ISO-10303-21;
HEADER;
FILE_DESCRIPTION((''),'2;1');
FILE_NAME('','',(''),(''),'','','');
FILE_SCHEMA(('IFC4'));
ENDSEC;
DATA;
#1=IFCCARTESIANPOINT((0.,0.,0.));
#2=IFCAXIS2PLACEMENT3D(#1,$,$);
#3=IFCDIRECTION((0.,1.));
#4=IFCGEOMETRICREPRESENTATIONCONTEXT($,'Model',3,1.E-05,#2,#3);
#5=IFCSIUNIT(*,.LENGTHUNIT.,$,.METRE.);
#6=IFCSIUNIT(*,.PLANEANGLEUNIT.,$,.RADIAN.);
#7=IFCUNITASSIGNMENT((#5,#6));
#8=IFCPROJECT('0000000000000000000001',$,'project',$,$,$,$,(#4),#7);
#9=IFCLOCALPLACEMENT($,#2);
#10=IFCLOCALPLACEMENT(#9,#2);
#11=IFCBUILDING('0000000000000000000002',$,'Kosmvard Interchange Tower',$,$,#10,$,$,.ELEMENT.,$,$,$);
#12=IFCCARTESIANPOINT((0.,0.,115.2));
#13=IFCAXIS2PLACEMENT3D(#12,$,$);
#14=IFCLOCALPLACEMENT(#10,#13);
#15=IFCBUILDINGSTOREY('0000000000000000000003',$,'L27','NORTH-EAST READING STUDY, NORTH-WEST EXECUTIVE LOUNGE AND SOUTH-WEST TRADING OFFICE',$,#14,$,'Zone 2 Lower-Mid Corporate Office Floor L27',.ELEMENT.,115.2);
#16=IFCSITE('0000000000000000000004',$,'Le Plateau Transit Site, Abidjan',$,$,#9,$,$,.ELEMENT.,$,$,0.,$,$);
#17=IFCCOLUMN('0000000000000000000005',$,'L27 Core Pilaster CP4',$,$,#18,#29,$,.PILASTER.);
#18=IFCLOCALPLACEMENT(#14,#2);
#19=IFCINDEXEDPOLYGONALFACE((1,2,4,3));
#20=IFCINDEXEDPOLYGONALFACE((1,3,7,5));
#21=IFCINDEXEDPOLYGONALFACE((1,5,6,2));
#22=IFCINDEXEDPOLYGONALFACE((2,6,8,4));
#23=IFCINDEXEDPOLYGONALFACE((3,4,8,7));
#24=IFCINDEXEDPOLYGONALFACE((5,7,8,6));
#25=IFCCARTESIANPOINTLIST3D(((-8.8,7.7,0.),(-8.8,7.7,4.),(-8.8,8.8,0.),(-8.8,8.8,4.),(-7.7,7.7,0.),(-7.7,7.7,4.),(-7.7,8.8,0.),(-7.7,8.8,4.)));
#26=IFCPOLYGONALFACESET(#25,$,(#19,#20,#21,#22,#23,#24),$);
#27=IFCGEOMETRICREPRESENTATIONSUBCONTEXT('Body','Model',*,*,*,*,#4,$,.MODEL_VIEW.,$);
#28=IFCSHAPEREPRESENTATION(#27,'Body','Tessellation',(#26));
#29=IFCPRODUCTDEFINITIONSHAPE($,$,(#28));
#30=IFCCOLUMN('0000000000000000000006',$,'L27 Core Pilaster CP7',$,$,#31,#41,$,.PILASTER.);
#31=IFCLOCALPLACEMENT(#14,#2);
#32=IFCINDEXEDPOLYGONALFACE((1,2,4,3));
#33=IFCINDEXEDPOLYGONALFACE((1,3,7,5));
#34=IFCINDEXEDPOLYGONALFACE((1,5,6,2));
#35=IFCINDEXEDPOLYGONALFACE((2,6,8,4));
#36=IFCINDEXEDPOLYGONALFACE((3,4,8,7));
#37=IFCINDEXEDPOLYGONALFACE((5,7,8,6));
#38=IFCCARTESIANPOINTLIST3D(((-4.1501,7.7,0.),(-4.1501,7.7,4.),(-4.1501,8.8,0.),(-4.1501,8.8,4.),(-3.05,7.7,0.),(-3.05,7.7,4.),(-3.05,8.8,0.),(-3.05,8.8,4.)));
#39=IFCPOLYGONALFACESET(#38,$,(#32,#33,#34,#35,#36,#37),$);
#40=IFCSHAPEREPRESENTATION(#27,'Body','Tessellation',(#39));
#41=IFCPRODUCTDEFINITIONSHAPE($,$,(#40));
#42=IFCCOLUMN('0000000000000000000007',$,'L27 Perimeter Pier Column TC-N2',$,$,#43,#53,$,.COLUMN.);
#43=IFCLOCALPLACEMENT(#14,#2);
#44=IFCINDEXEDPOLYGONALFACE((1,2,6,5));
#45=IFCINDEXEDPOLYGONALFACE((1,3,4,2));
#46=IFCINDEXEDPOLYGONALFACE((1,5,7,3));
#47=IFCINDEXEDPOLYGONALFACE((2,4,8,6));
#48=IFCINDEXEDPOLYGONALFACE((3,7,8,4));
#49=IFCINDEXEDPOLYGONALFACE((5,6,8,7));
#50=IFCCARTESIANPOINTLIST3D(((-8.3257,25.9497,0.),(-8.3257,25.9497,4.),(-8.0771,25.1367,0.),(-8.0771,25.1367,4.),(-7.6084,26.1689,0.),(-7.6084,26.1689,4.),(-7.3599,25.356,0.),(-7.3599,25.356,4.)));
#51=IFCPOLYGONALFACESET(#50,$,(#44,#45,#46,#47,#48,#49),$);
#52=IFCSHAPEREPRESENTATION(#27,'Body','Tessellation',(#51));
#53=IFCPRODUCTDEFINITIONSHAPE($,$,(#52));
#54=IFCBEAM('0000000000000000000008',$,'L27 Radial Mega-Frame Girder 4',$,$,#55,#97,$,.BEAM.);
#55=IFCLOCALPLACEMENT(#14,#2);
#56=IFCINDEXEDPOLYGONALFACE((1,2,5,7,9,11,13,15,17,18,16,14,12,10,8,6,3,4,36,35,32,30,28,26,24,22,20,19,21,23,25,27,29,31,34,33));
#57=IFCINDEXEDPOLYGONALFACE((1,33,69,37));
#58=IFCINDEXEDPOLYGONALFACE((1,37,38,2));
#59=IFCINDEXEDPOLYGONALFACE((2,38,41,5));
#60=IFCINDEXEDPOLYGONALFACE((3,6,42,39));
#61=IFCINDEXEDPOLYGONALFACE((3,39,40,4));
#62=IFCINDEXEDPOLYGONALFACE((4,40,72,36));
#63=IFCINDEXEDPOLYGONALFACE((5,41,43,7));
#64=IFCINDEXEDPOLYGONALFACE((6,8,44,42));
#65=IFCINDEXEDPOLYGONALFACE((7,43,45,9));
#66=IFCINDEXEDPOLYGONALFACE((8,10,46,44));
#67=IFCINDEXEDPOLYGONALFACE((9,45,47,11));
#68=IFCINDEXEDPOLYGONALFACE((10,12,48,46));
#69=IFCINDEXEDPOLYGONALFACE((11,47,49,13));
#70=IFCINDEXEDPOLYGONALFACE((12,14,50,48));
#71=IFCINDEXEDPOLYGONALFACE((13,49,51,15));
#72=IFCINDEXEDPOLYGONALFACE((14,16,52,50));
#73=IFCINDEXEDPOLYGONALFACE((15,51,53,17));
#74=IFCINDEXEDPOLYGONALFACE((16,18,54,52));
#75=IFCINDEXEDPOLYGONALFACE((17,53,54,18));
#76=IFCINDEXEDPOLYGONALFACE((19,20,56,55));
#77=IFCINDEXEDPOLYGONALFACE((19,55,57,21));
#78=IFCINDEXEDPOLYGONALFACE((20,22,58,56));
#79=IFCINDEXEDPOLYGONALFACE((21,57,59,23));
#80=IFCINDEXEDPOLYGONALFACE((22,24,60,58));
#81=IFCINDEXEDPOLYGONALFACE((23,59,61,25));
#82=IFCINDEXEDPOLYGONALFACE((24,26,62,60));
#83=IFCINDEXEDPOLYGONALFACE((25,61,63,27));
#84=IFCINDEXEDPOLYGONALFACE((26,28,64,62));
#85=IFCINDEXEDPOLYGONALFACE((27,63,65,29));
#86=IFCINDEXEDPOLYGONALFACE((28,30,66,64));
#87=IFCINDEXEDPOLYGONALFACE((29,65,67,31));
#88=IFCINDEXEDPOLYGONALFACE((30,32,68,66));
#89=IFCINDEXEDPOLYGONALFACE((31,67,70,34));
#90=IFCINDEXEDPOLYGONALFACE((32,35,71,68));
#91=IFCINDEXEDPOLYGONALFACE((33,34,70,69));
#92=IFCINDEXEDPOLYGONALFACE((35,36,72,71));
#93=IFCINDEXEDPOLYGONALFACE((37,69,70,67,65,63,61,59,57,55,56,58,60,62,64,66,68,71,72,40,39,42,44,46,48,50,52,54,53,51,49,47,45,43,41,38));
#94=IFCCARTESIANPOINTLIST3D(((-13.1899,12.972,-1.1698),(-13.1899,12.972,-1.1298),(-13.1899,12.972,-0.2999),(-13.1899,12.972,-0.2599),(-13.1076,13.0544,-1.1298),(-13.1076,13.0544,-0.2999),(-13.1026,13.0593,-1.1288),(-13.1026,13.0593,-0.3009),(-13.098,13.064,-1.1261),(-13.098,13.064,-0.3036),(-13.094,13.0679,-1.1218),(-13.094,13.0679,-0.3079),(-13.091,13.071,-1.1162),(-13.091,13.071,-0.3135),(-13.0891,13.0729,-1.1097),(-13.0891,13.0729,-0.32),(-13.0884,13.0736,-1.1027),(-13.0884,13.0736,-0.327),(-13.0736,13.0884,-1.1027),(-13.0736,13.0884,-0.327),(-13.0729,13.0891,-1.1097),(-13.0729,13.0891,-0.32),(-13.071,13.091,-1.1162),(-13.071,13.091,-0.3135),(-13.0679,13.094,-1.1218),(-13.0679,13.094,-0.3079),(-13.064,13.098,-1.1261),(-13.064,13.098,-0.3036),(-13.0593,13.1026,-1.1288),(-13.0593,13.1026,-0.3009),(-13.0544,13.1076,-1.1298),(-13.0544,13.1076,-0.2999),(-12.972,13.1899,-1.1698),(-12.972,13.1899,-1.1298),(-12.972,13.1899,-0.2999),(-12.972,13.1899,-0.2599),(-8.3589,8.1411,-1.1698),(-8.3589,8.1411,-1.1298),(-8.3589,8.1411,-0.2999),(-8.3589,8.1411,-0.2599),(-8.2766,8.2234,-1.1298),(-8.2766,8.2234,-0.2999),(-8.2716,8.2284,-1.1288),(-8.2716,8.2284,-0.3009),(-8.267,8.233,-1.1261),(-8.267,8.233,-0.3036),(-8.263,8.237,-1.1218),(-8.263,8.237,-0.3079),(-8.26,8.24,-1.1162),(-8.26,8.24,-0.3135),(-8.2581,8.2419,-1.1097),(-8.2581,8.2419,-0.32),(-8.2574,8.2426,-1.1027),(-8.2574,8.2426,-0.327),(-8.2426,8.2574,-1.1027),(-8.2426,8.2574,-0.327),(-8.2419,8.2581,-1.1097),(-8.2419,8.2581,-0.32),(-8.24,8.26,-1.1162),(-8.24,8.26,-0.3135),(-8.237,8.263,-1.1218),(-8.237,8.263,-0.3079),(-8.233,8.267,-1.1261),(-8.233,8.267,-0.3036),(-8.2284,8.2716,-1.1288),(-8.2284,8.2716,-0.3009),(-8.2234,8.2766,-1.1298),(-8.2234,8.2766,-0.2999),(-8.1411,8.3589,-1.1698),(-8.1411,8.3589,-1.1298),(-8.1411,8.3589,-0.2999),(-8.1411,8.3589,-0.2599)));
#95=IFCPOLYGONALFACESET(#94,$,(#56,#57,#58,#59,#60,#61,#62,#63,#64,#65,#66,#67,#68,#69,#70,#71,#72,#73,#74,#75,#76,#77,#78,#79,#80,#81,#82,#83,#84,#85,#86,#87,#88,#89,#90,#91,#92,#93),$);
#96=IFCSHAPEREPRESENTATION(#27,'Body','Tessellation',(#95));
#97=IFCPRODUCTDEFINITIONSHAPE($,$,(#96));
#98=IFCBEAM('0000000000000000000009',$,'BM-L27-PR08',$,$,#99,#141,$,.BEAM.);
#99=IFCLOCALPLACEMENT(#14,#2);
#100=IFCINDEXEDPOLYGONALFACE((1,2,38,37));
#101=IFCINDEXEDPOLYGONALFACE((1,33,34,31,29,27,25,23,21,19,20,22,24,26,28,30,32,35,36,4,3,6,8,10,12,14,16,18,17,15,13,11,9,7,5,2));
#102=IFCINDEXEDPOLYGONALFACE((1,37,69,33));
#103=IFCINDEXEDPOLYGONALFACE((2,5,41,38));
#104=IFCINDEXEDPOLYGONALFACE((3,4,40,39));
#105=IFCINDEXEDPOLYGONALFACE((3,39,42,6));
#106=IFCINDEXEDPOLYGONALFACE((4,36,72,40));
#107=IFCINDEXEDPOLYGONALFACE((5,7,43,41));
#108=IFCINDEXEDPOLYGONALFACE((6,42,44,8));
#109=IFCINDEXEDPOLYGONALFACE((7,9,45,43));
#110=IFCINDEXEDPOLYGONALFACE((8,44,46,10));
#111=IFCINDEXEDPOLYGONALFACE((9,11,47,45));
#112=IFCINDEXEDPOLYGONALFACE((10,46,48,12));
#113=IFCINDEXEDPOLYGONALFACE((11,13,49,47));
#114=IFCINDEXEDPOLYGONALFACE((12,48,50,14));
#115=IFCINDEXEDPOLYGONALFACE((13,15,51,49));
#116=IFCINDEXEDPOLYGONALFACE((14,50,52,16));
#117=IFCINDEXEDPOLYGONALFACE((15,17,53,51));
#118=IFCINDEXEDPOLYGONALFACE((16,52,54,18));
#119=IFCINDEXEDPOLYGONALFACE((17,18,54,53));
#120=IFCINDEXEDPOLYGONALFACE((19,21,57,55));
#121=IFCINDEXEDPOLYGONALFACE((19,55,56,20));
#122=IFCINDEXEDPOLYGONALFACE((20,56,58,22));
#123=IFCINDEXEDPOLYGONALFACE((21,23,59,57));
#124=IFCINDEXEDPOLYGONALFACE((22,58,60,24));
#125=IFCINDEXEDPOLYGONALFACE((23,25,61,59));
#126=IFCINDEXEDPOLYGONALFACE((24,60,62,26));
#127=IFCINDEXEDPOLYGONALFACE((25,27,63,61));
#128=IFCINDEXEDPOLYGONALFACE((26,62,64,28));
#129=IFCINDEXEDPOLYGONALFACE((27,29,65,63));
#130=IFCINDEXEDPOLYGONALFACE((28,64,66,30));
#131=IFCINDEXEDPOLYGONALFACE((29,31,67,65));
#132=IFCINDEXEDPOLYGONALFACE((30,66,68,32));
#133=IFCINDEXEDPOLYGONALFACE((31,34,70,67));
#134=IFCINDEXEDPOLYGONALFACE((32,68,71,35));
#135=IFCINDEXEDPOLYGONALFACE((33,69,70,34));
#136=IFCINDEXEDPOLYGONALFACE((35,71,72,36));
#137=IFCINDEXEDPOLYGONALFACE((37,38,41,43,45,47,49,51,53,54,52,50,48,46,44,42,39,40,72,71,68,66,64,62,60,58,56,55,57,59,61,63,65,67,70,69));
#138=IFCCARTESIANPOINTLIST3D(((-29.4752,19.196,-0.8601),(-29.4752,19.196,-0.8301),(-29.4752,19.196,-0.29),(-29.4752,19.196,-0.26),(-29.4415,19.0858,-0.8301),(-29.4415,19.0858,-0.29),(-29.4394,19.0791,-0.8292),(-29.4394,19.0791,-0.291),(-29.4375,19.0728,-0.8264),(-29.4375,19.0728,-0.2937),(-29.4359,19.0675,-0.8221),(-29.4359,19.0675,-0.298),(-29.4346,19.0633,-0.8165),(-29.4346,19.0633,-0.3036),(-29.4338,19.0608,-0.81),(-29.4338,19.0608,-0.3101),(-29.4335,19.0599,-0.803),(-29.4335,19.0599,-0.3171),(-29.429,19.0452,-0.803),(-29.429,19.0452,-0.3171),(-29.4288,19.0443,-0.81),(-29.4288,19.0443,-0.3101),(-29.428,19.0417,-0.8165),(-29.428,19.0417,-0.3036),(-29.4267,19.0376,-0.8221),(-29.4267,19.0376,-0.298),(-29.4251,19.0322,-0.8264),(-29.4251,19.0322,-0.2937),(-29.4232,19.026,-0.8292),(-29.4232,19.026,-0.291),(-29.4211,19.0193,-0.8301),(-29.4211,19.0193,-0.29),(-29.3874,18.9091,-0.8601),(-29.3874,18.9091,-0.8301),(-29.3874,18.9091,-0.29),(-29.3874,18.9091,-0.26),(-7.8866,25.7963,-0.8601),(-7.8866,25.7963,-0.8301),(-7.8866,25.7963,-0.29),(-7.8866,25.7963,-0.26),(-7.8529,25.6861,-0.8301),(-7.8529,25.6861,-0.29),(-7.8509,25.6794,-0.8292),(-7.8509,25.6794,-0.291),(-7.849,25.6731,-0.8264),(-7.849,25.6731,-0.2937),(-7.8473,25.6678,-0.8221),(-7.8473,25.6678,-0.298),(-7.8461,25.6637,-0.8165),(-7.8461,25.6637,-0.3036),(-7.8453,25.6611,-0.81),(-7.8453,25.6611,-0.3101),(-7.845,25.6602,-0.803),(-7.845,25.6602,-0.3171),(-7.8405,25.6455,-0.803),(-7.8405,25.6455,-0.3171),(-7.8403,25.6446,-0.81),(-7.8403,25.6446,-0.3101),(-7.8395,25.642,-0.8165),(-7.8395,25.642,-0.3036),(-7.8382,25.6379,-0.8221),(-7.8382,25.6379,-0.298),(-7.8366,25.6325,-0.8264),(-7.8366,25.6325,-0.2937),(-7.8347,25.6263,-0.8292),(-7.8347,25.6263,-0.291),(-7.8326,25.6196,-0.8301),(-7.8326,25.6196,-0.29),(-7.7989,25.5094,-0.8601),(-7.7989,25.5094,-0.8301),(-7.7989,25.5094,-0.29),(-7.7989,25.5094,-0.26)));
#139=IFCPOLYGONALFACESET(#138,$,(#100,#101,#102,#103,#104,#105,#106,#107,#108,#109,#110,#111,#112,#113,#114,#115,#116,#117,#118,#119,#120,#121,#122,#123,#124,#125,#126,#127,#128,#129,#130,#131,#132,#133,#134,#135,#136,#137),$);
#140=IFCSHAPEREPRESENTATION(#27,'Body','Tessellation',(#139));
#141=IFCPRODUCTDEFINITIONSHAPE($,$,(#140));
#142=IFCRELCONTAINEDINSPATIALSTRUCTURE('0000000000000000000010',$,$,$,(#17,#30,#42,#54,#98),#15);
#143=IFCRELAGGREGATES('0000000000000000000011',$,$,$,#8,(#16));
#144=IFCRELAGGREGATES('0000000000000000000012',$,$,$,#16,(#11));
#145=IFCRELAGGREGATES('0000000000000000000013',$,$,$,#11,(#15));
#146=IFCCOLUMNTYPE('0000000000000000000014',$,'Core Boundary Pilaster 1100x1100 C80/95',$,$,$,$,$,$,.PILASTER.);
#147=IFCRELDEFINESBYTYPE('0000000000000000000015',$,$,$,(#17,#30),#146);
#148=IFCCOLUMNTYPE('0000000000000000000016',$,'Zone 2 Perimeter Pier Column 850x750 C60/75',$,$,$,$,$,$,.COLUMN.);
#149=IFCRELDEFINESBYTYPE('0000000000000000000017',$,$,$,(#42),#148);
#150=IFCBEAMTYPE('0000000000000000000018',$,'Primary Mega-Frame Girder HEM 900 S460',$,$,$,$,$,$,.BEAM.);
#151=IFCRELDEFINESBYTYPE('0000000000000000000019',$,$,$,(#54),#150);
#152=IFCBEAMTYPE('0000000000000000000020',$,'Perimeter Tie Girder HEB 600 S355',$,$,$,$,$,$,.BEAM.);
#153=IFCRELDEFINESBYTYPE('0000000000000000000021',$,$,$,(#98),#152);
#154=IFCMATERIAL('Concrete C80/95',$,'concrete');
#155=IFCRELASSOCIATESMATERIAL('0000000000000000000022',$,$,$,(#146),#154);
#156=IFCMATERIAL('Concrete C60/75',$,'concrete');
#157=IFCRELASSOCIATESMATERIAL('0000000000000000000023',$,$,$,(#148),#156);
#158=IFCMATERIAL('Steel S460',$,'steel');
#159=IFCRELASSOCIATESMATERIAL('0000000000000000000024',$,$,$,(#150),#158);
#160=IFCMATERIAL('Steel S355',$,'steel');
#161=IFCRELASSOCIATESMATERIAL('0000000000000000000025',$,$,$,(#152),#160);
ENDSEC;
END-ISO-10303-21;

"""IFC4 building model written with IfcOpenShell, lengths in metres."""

from ifc_helpers import new_model, si_unit, direction, frame, origin, origin_2d, place, context, subcontext, project, spatial, rectangle, i_section, extrude, source, transform, mapped, material, material_profile, profile_set, type_object, element, save


model = new_model("IFC4")

# Units and contexts
model_context = context("Model", 3, precision=1e-05, world=origin(), true_north=direction((0.0, 1.0)))
body_context = subcontext(model_context, "Body", "Model", "MODEL_VIEW")
ifc_project = project(units=[si_unit("LENGTHUNIT", "METRE"), si_unit("PLANEANGLEUNIT", "RADIAN")], contexts=[model_context])

# Site, building, storey
site_placement = place(None, origin())
site = spatial("IfcSite", under=ifc_project, at=site_placement, Name="Le Plateau Transit Site, Abidjan", CompositionType="ELEMENT", RefElevation=0.0)
building_placement = place(site_placement, origin())
building = spatial("IfcBuilding", under=site, at=building_placement, Name="Kosmvard Interchange Tower", CompositionType="ELEMENT")
storey_placement = place(building_placement, frame((0.0, 0.0, 115.2)))
storey = spatial("IfcBuildingStorey", under=building, at=storey_placement, Name="L27", Description="NORTH-EAST READING STUDY, NORTH-WEST EXECUTIVE LOUNGE AND SOUTH-WEST TRADING OFFICE", LongName="Zone 2 Lower-Mid Corporate Office Floor L27", CompositionType="ELEMENT", Elevation=115.2)

# Columns
ifc_material_1 = material(Name="Concrete C80/95", Category="concrete")
ifc_material_profile_1 = material_profile(ifc_material_1, rectangle(XDim=1.1001, YDim=1.1001, at=origin_2d()), Name="CP 1100x1100")
ifc_profile_set_1 = profile_set([ifc_material_profile_1], Name="Concrete C80/95")
column_type_1 = type_object("IfcColumnType", Name="Core Boundary Pilaster 1100x1100 C80/95", PredefinedType="PILASTER", material=ifc_profile_set_1)
shared_shape_1 = source(origin(), body_context, "Body", "SweptSolid", [
    extrude(rectangle(XDim=1.1001, YDim=1.1001, at=origin_2d()), origin(), (0.0, 0.0, 1.0), 4.0),
])
for number, where, z_axis, x_axis, name in (
    (1, (-8.25, 8.25, 0.0), (0.0, 0.0, 1.0), (1.0, 0.0, 0.0), "L27 Core Pilaster CP4"),
    (2, (-3.6001, 8.25, 0.0), (0.0, 0.0, 1.0), (1.0, 0.0, 0.0), "L27 Core Pilaster CP7"),
):
    element("IfcColumn", number, at=place(storey_placement, frame(where, z_axis=z_axis, x_axis=x_axis)), inside=storey, type_object=column_type_1, Name=name, PredefinedType="PILASTER", context=body_context, shape_type="MappedRepresentation", body=[
        mapped(shared_shape_1, transform((0.0, 0.0, 0.0), scale=1.0)),
    ])
ifc_material_2 = material(Name="Concrete C60/75", Category="concrete")
ifc_material_profile_2 = material_profile(ifc_material_2, rectangle(XDim=0.75, YDim=0.8501, at=origin_2d()), Name="TC 850x750")
ifc_profile_set_2 = profile_set([ifc_material_profile_2], Name="Concrete C60/75")
column_type_2 = type_object("IfcColumnType", Name="Zone 2 Perimeter Pier Column 850x750 C60/75", PredefinedType="COLUMN", material=ifc_profile_set_2)
shared_shape_2 = source(origin(), body_context, "Body", "SweptSolid", [
    extrude(rectangle(XDim=0.75, YDim=0.8501, at=origin_2d()), origin(), (0.0, 0.0, 1.0), 4.0),
])
column_placement = place(storey_placement, frame((-7.8428, 25.6528, 0.0), z_axis=(0.0, 0.0, 1.0), x_axis=(0.956305, 0.292372, 0.0)))
element("IfcColumn", 3, at=column_placement, inside=storey, type_object=column_type_2, Name="L27 Perimeter Pier Column TC-N2", PredefinedType="COLUMN", context=body_context, shape_type="MappedRepresentation", body=[
    mapped(shared_shape_2, transform((0.0, 0.0, 0.0), scale=1.0)),
])

# Beams
ifc_material_3 = material(Name="Steel S460", Category="steel")
ifc_material_profile_3 = material_profile(ifc_material_3, i_section(OverallWidth=0.3081, OverallDepth=0.9099, WebThickness=0.021, FlangeThickness=0.04, FilletRadius=0.0271, at=origin_2d()), Name="HEM 900")
ifc_profile_set_3 = profile_set([ifc_material_profile_3], Name="Steel S460")
beam_type_1 = type_object("IfcBeamType", Name="Primary Mega-Frame Girder HEM 900 S460", PredefinedType="BEAM", material=ifc_profile_set_3)
shared_shape_3 = source(origin(), body_context, "Body", "SweptSolid", [
    extrude(i_section(OverallWidth=0.3081, OverallDepth=0.9099, WebThickness=0.021, FlangeThickness=0.04, FilletRadius=0.0271, at=origin_2d()), origin(), (0.0, 0.0, 1.0), 6.832),
])
beam_1_placement = place(storey_placement, frame((-8.25, 8.25, -0.7148), z_axis=(-0.707107, 0.707107, 0.0), x_axis=(-0.707107, -0.707107, 0.0)))
element("IfcBeam", 4, at=beam_1_placement, inside=storey, type_object=beam_type_1, Name="L27 Radial Mega-Frame Girder 4", PredefinedType="BEAM", context=body_context, shape_type="MappedRepresentation", body=[
    mapped(shared_shape_3, transform((0.0, 0.0, 0.0), scale=1.0)),
])
ifc_material_4 = material(Name="Steel S355", Category="steel")
ifc_material_profile_4 = material_profile(ifc_material_4, i_section(OverallWidth=0.3, OverallDepth=0.6001, WebThickness=0.0154, FlangeThickness=0.03, FilletRadius=0.0271, at=origin_2d()), Name="HEB 600")
ifc_profile_set_4 = profile_set([ifc_material_profile_4], Name="Steel S355")
beam_type_2 = type_object("IfcBeamType", Name="Perimeter Tie Girder HEB 600 S355", PredefinedType="BEAM", material=ifc_profile_set_4)
shared_shape_4 = source(origin(), body_context, "Body", "SweptSolid", [
    extrude(i_section(OverallWidth=0.3, OverallDepth=0.6001, WebThickness=0.0154, FlangeThickness=0.03, FilletRadius=0.0271, at=origin_2d()), origin(), (0.0, 0.0, 1.0), 22.575),
])
beam_2_placement = place(storey_placement, frame((-7.8428, 25.6528, -0.5601), z_axis=(-0.956304, -0.292373, 0.0), x_axis=(0.292373, -0.956304, 0.0)))
element("IfcBeam", 5, at=beam_2_placement, inside=storey, type_object=beam_type_2, Name="BM-L27-PR08", PredefinedType="BEAM", context=body_context, shape_type="MappedRepresentation", body=[
    mapped(shared_shape_4, transform((0.0, 0.0, 0.0), scale=1.0)),
])

save(model, "model.ifc")
